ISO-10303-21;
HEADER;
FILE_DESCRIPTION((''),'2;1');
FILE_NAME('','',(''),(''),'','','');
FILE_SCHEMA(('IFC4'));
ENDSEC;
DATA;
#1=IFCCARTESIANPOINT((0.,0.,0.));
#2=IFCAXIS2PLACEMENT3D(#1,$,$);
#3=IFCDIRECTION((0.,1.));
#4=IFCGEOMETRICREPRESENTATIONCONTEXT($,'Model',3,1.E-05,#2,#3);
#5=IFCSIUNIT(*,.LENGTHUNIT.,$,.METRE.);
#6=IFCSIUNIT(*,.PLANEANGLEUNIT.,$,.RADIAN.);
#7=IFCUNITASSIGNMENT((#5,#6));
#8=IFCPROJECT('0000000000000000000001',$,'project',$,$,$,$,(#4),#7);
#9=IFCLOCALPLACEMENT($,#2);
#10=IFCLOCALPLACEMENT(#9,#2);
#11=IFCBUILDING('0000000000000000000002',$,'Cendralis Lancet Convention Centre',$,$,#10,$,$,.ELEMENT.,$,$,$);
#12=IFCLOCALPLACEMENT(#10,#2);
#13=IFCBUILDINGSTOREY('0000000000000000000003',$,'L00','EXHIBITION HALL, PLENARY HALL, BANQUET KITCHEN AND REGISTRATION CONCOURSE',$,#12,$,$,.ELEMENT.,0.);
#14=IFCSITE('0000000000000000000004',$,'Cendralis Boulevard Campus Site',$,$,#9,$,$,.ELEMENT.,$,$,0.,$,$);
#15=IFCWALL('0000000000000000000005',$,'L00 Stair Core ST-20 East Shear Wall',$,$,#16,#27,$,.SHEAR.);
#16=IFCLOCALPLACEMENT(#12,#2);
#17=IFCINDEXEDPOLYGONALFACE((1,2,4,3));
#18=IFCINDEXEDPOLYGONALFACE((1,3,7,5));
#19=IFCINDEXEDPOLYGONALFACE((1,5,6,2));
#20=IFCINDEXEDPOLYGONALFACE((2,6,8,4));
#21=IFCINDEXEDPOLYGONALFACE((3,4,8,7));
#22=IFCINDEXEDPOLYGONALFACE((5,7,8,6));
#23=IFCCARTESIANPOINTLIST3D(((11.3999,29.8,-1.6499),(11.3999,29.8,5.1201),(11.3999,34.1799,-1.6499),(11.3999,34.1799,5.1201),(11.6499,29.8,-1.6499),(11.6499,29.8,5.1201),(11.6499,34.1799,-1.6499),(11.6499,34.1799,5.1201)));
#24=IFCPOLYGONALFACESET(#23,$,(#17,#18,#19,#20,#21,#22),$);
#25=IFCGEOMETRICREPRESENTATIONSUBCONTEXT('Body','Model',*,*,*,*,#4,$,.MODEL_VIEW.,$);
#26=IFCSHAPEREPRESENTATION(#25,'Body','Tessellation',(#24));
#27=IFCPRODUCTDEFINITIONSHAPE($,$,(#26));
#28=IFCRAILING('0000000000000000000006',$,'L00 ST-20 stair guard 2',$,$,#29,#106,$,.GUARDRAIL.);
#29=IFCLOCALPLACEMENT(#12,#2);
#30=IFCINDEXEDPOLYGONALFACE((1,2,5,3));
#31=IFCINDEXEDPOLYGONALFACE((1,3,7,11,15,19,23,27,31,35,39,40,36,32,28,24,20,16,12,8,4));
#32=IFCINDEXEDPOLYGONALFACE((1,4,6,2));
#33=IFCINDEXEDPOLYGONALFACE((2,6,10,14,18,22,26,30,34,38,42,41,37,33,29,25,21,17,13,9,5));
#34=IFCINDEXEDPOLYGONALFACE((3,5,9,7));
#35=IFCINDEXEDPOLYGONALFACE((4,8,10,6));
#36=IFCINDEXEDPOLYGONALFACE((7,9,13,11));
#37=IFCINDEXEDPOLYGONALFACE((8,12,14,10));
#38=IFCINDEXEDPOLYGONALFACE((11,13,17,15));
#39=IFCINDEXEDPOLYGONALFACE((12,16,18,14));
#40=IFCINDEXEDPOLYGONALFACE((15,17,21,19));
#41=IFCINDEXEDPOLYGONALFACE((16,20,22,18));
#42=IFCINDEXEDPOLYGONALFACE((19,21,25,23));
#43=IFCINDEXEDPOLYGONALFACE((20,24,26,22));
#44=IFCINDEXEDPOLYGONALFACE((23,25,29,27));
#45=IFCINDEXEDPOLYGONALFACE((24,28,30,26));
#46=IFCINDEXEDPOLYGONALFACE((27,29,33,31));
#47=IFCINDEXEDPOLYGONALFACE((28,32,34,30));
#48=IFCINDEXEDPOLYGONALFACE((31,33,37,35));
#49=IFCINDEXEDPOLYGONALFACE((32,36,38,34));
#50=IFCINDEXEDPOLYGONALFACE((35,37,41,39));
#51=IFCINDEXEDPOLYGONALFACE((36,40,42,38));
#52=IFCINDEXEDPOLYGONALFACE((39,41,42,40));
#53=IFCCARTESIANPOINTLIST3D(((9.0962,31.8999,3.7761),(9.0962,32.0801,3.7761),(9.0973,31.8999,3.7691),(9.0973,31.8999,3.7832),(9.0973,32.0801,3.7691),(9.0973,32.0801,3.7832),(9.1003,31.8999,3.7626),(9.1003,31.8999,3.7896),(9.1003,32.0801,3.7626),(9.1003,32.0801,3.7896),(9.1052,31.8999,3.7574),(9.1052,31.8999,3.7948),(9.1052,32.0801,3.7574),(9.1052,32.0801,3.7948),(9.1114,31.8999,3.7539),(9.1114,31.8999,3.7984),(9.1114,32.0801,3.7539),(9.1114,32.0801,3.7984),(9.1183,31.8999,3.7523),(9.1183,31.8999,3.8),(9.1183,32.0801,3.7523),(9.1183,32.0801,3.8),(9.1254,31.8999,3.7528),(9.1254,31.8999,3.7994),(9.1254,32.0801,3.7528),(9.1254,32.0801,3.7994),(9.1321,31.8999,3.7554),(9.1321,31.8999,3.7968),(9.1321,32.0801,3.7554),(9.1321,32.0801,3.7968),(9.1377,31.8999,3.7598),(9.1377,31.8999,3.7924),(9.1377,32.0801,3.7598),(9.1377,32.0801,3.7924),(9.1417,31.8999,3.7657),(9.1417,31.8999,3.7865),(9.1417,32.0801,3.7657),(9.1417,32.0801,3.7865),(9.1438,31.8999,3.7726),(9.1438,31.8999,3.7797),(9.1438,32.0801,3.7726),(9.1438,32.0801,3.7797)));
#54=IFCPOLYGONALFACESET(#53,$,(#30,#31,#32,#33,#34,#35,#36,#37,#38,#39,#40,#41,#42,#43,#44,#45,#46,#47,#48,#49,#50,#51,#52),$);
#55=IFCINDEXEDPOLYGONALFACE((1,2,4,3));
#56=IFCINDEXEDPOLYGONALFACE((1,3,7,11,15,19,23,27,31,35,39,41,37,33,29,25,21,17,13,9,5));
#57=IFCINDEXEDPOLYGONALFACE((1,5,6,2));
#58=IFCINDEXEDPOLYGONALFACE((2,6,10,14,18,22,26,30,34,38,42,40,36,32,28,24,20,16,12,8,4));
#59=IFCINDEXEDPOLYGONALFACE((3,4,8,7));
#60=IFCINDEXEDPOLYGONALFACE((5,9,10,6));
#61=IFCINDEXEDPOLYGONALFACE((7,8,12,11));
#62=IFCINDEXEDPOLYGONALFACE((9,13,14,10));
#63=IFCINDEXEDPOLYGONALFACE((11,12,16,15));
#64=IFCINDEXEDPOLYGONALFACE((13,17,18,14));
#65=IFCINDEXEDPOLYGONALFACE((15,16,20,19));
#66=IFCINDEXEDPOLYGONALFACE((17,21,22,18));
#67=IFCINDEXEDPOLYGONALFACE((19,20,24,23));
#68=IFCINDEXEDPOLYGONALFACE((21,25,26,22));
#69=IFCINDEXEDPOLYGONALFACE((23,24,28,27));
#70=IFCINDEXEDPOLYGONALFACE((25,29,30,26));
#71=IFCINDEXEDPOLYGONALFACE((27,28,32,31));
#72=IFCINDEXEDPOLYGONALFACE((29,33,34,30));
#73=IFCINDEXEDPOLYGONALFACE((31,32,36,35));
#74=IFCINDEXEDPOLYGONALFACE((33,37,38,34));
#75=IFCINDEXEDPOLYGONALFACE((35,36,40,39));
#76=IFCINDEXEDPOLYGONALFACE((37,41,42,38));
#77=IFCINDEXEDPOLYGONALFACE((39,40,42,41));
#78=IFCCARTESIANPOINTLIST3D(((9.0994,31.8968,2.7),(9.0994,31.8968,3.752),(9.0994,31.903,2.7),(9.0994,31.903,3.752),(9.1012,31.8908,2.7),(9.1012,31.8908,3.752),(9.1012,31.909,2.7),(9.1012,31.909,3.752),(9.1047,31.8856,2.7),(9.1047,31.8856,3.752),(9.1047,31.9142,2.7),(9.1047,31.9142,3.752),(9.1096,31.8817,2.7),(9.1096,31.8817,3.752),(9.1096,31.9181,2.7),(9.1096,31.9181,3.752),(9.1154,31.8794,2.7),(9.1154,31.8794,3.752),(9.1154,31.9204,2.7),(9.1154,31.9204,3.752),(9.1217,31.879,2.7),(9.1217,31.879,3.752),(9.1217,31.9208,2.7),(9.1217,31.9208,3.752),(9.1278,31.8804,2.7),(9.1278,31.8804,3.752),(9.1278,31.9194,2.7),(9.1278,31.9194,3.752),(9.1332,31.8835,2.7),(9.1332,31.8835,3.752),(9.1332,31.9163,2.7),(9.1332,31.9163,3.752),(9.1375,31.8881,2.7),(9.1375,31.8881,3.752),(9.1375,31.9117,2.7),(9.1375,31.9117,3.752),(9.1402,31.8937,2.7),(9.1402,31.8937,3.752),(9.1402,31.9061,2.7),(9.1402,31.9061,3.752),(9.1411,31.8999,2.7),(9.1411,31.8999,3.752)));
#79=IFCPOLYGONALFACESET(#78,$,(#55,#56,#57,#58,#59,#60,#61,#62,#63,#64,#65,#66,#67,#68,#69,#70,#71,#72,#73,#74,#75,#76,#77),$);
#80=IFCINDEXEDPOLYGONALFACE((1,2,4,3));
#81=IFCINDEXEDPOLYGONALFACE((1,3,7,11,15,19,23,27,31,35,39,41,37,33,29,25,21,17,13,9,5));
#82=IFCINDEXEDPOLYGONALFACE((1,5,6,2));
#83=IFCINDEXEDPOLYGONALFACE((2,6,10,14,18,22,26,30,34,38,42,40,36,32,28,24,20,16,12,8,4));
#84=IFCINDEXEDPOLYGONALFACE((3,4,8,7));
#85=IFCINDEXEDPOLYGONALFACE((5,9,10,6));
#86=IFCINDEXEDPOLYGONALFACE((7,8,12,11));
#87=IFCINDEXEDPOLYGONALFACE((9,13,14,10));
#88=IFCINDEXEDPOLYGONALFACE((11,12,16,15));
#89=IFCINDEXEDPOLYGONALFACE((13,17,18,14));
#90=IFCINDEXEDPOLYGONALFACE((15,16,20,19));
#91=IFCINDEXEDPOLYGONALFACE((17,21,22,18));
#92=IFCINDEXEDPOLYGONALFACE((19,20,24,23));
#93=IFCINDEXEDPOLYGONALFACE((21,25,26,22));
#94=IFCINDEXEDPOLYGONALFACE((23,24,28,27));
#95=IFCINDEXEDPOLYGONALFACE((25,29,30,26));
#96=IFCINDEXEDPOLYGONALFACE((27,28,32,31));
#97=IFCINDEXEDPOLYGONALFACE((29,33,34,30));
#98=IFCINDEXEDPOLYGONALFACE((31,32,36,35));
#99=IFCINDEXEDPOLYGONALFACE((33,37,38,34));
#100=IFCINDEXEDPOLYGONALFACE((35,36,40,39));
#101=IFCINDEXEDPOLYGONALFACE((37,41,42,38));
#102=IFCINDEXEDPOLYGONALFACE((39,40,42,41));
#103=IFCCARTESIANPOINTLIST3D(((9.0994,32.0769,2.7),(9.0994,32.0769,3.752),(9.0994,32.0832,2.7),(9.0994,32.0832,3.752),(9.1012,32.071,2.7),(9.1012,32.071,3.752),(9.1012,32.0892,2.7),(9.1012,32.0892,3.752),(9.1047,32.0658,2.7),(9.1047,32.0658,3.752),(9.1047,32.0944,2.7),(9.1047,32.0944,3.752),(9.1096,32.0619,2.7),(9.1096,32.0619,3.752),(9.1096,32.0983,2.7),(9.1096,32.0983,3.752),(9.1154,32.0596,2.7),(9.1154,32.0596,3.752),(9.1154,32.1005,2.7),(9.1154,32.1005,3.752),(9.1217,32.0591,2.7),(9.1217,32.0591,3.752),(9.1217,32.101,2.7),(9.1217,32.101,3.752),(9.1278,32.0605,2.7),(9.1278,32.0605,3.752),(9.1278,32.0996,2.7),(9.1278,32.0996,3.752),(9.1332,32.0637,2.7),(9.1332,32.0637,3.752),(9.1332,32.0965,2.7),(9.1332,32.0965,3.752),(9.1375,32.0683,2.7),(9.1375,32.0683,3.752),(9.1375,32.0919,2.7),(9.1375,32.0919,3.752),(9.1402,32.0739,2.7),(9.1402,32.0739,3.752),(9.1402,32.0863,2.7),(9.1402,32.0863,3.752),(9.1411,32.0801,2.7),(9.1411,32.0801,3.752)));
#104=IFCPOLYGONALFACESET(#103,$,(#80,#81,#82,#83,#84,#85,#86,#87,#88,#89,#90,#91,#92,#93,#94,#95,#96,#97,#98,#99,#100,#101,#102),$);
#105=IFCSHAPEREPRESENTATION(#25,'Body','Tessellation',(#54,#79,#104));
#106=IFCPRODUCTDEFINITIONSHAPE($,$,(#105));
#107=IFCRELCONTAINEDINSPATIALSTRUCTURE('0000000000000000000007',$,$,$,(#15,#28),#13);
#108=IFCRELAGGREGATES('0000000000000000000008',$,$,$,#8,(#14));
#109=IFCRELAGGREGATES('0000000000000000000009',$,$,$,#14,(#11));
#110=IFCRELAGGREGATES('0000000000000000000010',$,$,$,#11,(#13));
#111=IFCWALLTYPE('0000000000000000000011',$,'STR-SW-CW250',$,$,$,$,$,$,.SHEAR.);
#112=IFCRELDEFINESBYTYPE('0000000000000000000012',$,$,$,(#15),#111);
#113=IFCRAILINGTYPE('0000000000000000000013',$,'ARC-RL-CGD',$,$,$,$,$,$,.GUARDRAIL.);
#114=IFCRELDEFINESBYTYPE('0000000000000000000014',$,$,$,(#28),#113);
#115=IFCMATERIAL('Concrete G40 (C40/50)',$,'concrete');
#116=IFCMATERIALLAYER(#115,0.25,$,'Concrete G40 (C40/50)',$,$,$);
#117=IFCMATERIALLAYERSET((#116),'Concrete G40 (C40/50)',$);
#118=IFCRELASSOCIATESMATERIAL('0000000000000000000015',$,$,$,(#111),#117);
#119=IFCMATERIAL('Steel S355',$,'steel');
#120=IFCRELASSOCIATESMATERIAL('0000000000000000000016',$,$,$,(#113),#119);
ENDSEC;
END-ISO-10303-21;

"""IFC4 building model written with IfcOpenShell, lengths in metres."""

from ifc_helpers import new_model, si_unit, direction, frame, frame_2d, origin, origin_2d, place, context, subcontext, project, spatial, rectangle, circle, extrude, material, layer, layer_set, type_object, element, save


model = new_model("IFC4")

# Units and contexts
model_context = context("Model", 3, precision=1e-05, world=origin(), true_north=direction((0.0, 1.0)))
body_context = subcontext(model_context, "Body", "Model", "MODEL_VIEW")
ifc_project = project(units=[si_unit("LENGTHUNIT", "METRE"), si_unit("PLANEANGLEUNIT", "RADIAN")], contexts=[model_context])

# Site, building, storey
site_placement = place(None, origin())
site = spatial("IfcSite", under=ifc_project, at=site_placement, Name="Cendralis Boulevard Campus Site", CompositionType="ELEMENT", RefElevation=0.0)
building_placement = place(site_placement, origin())
building = spatial("IfcBuilding", under=site, at=building_placement, Name="Cendralis Lancet Convention Centre", CompositionType="ELEMENT")
storey_placement = place(building_placement, origin())
storey = spatial("IfcBuildingStorey", under=building, at=storey_placement, Name="L00", Description="EXHIBITION HALL, PLENARY HALL, BANQUET KITCHEN AND REGISTRATION CONCOURSE", CompositionType="ELEMENT", Elevation=0.0)

# Shared definitions
ifc_material_1 = material(Name="Concrete G40 (C40/50)", Category="concrete")

# Shared definitions
ifc_material_2 = material(Name="Steel S355", Category="steel")

# Wall
ifc_layer_1 = layer(ifc_material_1, 0.25, Name="Concrete G40 (C40/50)")
ifc_layer_set_1 = layer_set([ifc_layer_1], Name="Concrete G40 (C40/50)")
wall_type_1 = type_object("IfcWallType", Name="STR-SW-CW250", PredefinedType="SHEAR", material=ifc_layer_set_1)
wall_1_placement = place(storey_placement, frame((11.5249, 29.8, -1.6499), z_axis=(0.0, 0.0, 1.0), x_axis=(0.0, 1.0, 0.0)))
element("IfcWall", 1, at=wall_1_placement, inside=storey, type_object=wall_type_1, Name="L00 Stair Core ST-20 East Shear Wall", PredefinedType="SHEAR", context=body_context, shape_type="SweptSolid", body=[
    extrude(rectangle(XDim=4.3799, YDim=0.25, at=frame_2d((2.1899, 0.0))), origin(), (0.0, 0.0, 1.0), 6.77),
])

# Railing
railing_type_1 = type_object("IfcRailingType", Name="ARC-RL-CGD", PredefinedType="GUARDRAIL", material=ifc_material_2)
railing_1_placement = place(storey_placement, frame((9.1201, 31.8999, 2.7)))
element("IfcRailing", 2, at=railing_1_placement, inside=storey, type_object=railing_type_1, Name="L00 ST-20 stair guard 2", PredefinedType="GUARDRAIL", context=body_context, shape_type="SweptSolid", body=[
    extrude(circle(Radius=0.0239, at=origin_2d()), frame((0.0, 0.0, 1.0762), z_axis=(0.0, 1.0, 0.0), x_axis=(-1.0, 0.0, 0.0)), (0.0, 0.0, 1.0), 0.1802),
    extrude(circle(Radius=0.021, at=origin_2d()), origin(), (0.0, 0.0, 1.0), 1.052),
    extrude(circle(Radius=0.021, at=origin_2d()), frame((0.0, 0.1802, 0.0)), (0.0, 0.0, 1.0), 1.052),
])

save(model, "model.ifc")
